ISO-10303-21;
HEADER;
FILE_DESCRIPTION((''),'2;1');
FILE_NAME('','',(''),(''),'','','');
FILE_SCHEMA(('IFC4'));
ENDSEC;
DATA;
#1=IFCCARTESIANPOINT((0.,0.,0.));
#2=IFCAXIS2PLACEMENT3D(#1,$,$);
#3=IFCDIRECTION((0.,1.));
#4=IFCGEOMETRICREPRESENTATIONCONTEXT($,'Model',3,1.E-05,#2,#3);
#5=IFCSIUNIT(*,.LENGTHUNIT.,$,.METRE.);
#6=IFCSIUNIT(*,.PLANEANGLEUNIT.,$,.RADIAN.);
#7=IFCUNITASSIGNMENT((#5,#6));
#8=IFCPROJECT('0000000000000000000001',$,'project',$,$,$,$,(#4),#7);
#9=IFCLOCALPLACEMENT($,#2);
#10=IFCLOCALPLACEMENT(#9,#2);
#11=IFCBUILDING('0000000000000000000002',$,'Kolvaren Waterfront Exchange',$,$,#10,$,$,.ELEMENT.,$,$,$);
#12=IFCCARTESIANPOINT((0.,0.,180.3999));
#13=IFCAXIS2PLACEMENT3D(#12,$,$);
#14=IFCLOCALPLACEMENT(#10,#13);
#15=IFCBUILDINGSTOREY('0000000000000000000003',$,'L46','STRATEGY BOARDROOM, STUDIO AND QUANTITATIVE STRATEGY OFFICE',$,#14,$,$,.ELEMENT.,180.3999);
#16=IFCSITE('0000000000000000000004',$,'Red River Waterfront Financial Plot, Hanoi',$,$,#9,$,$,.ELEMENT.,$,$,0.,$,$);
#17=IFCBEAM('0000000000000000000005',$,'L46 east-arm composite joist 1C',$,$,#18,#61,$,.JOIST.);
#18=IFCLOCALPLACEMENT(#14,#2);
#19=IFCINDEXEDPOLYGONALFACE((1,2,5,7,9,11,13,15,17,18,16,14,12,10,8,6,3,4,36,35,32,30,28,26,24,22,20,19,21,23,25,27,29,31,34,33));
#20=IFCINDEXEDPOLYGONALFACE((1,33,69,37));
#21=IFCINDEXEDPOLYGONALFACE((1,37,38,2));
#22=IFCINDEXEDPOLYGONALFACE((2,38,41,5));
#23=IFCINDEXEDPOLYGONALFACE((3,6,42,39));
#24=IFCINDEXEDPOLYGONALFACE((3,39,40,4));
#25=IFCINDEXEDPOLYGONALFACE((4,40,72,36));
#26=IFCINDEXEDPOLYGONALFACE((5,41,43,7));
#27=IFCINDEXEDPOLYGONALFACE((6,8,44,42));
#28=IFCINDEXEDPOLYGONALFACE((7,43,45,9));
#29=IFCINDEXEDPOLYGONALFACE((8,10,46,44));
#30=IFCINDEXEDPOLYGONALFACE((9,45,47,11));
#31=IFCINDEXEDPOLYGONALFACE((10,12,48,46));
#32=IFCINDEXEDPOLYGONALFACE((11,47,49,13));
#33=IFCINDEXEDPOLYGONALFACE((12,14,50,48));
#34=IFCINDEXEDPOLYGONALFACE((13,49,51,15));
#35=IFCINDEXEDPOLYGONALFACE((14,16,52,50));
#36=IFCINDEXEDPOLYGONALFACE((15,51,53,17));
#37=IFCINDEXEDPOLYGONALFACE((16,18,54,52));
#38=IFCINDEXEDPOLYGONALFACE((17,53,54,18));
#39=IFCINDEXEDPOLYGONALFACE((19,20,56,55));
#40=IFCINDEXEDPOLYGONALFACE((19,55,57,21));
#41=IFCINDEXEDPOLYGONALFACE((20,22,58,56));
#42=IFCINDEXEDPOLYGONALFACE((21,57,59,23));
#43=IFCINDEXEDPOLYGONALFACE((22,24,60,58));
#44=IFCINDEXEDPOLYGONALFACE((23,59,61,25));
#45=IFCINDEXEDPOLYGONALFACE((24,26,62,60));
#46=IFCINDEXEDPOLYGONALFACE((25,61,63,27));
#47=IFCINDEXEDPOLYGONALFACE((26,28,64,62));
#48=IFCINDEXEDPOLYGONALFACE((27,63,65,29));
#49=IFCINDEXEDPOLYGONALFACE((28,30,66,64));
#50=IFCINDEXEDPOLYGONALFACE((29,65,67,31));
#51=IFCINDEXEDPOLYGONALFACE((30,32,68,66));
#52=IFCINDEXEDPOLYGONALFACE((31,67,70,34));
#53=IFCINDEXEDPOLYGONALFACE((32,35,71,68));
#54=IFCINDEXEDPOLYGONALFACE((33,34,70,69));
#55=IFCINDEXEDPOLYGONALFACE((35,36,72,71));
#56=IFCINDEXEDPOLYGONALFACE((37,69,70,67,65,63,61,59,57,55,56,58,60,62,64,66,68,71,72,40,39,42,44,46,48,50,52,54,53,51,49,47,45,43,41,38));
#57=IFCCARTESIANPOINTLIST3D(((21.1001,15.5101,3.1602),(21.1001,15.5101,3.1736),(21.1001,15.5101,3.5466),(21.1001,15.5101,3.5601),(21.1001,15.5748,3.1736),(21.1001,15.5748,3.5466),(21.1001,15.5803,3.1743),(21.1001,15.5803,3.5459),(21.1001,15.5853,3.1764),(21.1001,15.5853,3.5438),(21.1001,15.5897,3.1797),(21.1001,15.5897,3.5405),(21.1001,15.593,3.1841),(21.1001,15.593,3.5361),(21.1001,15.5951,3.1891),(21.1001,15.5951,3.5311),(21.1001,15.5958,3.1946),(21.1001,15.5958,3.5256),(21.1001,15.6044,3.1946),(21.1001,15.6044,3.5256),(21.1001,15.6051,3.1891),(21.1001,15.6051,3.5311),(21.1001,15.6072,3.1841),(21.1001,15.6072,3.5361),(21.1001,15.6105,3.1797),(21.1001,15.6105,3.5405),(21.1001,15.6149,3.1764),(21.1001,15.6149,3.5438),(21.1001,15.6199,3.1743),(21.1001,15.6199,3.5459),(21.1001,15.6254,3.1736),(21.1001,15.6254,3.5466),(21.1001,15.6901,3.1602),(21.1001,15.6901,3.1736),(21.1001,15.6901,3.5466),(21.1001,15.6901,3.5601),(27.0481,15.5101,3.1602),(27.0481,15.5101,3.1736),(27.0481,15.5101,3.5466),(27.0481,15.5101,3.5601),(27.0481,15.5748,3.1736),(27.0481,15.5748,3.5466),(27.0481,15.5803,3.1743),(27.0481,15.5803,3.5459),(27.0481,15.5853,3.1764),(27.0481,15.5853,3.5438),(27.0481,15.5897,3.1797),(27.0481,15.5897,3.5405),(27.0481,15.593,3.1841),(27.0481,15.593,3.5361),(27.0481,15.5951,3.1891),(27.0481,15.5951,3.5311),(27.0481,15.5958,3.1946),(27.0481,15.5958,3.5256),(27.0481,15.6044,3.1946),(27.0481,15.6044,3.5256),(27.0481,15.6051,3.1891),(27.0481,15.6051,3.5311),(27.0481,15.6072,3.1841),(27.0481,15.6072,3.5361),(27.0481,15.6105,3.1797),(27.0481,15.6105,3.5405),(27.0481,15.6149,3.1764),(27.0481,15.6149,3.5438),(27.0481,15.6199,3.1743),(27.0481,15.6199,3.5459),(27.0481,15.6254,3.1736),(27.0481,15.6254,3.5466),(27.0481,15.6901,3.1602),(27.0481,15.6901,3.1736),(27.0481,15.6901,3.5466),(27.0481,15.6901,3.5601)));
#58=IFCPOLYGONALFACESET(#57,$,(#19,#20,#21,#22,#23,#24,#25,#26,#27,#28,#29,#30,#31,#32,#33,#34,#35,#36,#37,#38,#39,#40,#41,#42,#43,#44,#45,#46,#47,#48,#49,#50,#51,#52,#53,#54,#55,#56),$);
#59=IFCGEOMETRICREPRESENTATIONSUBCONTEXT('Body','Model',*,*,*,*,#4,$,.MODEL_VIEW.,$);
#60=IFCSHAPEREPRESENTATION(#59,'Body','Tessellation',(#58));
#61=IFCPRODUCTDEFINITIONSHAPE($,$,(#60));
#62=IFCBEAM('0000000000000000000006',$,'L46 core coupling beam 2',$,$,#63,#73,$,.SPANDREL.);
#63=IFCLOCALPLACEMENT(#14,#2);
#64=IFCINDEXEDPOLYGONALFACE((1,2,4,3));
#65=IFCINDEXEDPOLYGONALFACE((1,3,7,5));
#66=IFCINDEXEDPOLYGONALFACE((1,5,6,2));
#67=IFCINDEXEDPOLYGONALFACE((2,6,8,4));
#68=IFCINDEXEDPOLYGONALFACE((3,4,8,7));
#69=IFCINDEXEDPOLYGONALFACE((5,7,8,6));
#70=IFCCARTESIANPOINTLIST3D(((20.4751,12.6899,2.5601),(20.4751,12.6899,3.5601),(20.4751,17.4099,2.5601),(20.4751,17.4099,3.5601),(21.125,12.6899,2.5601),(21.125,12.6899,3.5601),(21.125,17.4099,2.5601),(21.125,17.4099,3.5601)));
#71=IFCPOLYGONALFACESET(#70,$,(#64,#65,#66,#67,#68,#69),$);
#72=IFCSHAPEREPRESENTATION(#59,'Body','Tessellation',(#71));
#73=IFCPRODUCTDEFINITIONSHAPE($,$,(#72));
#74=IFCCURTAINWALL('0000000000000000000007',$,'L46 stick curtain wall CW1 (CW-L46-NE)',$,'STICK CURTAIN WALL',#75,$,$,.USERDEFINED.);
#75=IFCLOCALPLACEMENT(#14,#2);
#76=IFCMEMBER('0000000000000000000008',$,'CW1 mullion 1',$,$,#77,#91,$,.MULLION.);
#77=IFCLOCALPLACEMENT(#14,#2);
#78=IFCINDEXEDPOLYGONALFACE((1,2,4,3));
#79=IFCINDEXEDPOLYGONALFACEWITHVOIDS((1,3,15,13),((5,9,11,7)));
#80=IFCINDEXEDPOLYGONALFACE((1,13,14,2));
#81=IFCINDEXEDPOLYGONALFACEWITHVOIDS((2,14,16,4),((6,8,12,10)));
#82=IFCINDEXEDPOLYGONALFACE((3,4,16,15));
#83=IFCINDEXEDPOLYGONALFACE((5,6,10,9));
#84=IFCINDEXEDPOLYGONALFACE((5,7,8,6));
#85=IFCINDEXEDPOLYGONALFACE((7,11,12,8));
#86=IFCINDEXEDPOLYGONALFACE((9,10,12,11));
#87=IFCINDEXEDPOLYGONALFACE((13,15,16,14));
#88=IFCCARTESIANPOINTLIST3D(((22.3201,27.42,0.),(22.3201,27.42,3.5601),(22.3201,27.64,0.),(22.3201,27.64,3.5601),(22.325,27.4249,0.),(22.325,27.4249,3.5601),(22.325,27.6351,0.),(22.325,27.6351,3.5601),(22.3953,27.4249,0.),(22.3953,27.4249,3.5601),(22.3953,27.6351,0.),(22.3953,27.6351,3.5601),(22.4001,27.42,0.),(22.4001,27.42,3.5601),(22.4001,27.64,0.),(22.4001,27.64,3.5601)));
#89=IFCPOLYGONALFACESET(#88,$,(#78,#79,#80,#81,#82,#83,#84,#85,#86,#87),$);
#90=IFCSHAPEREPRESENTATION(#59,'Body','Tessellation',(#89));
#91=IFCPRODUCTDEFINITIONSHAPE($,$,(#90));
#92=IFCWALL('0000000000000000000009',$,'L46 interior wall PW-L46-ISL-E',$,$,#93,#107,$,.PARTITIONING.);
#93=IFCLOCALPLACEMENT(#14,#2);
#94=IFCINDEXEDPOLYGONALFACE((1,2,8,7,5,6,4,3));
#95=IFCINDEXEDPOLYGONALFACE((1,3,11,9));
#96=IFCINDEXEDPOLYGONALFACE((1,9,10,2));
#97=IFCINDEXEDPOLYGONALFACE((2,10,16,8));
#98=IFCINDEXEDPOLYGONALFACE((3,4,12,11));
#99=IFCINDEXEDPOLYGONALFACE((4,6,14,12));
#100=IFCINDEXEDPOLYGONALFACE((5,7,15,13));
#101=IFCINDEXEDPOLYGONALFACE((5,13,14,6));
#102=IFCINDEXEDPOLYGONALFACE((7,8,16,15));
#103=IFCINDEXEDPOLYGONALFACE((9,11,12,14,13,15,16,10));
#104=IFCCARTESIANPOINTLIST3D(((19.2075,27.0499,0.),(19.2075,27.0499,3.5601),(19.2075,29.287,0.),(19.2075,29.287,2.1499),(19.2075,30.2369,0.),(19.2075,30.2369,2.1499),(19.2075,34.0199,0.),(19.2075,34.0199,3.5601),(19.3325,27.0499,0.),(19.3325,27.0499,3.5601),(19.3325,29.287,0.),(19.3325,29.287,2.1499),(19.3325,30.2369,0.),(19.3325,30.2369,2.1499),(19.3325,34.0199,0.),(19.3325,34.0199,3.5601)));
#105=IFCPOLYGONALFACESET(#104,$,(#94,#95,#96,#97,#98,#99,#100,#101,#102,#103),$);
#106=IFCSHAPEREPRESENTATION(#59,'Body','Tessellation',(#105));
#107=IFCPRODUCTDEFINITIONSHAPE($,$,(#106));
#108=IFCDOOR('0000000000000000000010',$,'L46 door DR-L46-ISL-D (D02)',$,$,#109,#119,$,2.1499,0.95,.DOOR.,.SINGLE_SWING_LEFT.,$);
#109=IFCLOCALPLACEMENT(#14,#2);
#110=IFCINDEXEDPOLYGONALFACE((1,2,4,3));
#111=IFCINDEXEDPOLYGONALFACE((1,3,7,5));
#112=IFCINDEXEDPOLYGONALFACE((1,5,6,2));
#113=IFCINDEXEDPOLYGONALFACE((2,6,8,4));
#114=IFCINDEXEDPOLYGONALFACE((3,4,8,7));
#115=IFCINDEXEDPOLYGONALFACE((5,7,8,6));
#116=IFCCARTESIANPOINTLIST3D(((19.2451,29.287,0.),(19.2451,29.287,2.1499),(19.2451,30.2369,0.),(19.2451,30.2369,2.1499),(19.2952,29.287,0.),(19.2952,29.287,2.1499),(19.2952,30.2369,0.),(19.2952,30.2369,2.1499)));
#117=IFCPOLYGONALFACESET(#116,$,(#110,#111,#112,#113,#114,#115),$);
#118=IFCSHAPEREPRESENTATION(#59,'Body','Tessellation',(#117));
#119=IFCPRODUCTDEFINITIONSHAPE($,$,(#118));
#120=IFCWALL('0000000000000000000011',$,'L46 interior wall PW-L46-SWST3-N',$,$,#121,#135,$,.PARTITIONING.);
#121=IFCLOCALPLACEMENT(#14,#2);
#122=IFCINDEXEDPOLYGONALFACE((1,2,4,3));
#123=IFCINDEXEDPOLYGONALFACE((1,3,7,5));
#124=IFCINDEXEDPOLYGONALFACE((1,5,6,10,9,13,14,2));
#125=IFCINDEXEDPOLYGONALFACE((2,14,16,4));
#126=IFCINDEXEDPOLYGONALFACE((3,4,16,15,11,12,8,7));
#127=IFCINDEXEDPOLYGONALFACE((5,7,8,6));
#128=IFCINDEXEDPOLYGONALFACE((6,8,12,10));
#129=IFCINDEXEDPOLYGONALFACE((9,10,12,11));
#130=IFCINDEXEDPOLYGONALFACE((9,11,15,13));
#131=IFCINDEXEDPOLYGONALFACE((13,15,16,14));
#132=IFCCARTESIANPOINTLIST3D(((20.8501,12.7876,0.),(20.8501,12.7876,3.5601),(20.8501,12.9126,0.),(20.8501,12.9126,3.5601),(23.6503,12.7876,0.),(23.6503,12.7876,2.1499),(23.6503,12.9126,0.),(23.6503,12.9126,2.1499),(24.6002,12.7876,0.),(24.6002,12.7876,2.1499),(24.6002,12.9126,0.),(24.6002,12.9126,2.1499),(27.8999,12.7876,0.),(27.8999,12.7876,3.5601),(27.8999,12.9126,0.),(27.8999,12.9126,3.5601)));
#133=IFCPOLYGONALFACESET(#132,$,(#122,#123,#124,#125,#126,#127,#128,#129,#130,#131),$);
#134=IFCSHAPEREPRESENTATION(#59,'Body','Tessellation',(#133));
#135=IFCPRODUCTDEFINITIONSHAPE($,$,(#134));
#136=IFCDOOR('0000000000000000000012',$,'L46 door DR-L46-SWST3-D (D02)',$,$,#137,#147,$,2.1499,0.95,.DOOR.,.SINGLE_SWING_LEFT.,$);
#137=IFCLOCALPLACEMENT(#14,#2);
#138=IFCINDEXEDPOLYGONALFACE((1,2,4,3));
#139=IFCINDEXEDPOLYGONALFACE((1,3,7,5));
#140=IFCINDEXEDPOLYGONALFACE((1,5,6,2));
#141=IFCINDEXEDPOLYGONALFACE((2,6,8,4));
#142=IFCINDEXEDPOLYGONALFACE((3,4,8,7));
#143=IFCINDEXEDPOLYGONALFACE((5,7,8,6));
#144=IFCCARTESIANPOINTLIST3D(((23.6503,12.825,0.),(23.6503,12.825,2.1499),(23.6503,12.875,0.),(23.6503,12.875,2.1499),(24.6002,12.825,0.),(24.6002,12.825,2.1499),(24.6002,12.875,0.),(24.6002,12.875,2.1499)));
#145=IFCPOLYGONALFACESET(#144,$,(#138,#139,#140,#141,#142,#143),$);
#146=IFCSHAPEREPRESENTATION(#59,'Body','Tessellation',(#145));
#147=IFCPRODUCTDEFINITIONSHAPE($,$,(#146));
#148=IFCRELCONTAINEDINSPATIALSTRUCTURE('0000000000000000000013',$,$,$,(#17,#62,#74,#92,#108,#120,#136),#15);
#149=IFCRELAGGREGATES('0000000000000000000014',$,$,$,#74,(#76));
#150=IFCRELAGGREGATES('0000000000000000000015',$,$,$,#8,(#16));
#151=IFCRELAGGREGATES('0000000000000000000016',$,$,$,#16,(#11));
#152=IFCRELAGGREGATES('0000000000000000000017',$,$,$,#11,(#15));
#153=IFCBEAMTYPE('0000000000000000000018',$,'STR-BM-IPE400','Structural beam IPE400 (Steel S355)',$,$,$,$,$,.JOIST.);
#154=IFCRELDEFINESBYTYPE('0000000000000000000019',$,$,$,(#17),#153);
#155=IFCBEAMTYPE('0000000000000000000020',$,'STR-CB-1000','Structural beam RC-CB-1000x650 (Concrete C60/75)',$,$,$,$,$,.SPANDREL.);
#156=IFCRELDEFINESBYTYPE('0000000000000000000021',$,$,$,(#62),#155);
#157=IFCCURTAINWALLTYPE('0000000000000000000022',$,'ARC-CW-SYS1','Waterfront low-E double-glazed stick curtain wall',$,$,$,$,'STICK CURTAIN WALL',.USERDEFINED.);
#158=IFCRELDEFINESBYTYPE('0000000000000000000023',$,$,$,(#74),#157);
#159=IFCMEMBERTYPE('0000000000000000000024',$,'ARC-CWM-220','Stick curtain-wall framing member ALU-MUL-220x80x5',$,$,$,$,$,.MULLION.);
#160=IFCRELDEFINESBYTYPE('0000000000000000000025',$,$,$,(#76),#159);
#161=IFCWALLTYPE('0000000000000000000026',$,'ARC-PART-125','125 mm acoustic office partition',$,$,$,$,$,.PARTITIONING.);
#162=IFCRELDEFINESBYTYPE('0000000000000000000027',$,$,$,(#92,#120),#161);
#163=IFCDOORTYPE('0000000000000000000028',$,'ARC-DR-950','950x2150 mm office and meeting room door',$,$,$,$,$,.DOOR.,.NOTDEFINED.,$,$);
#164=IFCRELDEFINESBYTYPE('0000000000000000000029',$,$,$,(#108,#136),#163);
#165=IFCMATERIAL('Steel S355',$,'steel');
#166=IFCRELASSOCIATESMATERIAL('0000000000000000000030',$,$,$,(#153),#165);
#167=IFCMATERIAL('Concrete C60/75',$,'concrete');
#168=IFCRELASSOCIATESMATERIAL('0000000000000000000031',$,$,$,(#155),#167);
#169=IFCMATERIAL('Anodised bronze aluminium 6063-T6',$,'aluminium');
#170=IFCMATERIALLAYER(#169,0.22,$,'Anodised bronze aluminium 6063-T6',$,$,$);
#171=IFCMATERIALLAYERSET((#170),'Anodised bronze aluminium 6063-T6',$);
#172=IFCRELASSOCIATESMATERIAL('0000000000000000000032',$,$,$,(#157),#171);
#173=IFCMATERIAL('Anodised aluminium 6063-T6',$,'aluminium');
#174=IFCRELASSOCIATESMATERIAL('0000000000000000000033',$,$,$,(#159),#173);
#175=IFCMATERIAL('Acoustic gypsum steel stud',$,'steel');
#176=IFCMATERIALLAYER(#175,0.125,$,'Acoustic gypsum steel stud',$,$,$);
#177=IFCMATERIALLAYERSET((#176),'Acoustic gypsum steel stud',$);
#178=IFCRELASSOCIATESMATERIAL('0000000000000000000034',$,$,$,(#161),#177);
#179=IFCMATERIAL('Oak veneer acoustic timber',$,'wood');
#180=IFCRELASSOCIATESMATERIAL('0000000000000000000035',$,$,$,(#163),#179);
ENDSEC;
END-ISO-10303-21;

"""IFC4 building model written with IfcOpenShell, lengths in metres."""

from ifc_helpers import new_model, si_unit, direction, frame, frame_2d, origin, origin_with_axes, origin_2d, place, context, subcontext, project, spatial, rectangle, hollow_rectangle, i_section, extrude, source, transform, mapped, material, layer, layer_set, material_profile, profile_set, type_object, element, fill, aggregate, save


model = new_model("IFC4")

# Units and contexts
model_context = context("Model", 3, precision=1e-05, world=origin(), true_north=direction((0.0, 1.0)))
body_context = subcontext(model_context, "Body", "Model", "MODEL_VIEW")
ifc_project = project(units=[si_unit("LENGTHUNIT", "METRE"), si_unit("PLANEANGLEUNIT", "RADIAN")], contexts=[model_context])

# Site, building, storey
site_placement = place(None, origin())
site = spatial("IfcSite", under=ifc_project, at=site_placement, Name="Red River Waterfront Financial Plot, Hanoi", CompositionType="ELEMENT", RefElevation=0.0)
building_placement = place(site_placement, origin())
building = spatial("IfcBuilding", under=site, at=building_placement, Name="Kolvaren Waterfront Exchange", CompositionType="ELEMENT")
storey_placement = place(building_placement, frame((0.0, 0.0, 180.3999)))
storey = spatial("IfcBuildingStorey", under=building, at=storey_placement, Name="L46", Description="STRATEGY BOARDROOM, STUDIO AND QUANTITATIVE STRATEGY OFFICE", CompositionType="ELEMENT", Elevation=180.3999)

# Shared definitions
ifc_material_1 = material(Name="Concrete C60/75", Category="concrete")

# Beams
ifc_material_2 = material(Name="Steel S355", Category="steel")
ifc_material_profile_1 = material_profile(ifc_material_2, i_section(OverallWidth=0.1799, OverallDepth=0.3999, WebThickness=0.0085, FlangeThickness=0.0134, FilletRadius=0.021, at=origin_2d()), Name="IPE400")
ifc_profile_set_1 = profile_set([ifc_material_profile_1], Name="Steel S355")
beam_type_1 = type_object("IfcBeamType", Name="STR-BM-IPE400", Description="Structural beam IPE400 (Steel S355)", PredefinedType="JOIST", material=ifc_profile_set_1)
for number, where, z_axis, x_axis, name in (
    (1, (21.1001, 15.6001, 3.3601), (1.0, 0.0, 0.0), (0.0, 1.0, 0.0), "L46 east-arm composite joist 1C"),
):
    element("IfcBeam", number, at=place(storey_placement, frame(where, z_axis=z_axis, x_axis=x_axis)), inside=storey, type_object=beam_type_1, Name=name, PredefinedType="JOIST", context=body_context, shape_type="SweptSolid", body=[
        extrude(i_section(OverallWidth=0.1799, OverallDepth=0.3999, WebThickness=0.0085, FlangeThickness=0.0134, FilletRadius=0.021, at=origin_2d()), origin(), (0.0, 0.0, 1.0), 5.948),
    ])
ifc_material_profile_2 = material_profile(ifc_material_1, rectangle(XDim=0.6499, YDim=1.0, at=origin_2d()), Name="RC-CB-1000x650")
ifc_profile_set_2 = profile_set([ifc_material_profile_2], Name="Concrete C60/75")
beam_type_2 = type_object("IfcBeamType", Name="STR-CB-1000", Description="Structural beam RC-CB-1000x650 (Concrete C60/75)", PredefinedType="SPANDREL", material=ifc_profile_set_2)
beam_1_placement = place(storey_placement, frame((20.8, 12.6899, 3.0601), z_axis=(0.0, 1.0, 0.0), x_axis=(-1.0, 0.0, 0.0)))
element("IfcBeam", 2, at=beam_1_placement, inside=storey, type_object=beam_type_2, Name="L46 core coupling beam 2", PredefinedType="SPANDREL", context=body_context, shape_type="SweptSolid", body=[
    extrude(rectangle(XDim=0.6499, YDim=1.0, at=origin_2d()), origin(), (0.0, 0.0, 1.0), 4.72),
])

# Curtain wall, member
ifc_material_3 = material(Name="Anodised bronze aluminium 6063-T6", Category="aluminium")
ifc_layer_1 = layer(ifc_material_3, 0.22, Name="Anodised bronze aluminium 6063-T6")
ifc_layer_set_1 = layer_set([ifc_layer_1], Name="Anodised bronze aluminium 6063-T6")
curtain_wall_type = type_object("IfcCurtainWallType", Name="ARC-CW-SYS1", Description="Waterfront low-E double-glazed stick curtain wall", ElementType="STICK CURTAIN WALL", PredefinedType="USERDEFINED", material=ifc_layer_set_1)
curtain_wall_placement = place(storey_placement, origin())
curtain_wall = element("IfcCurtainWall", 3, at=curtain_wall_placement, inside=storey, type_object=curtain_wall_type, Name="L46 stick curtain wall CW1 (CW-L46-NE)", ObjectType="STICK CURTAIN WALL", PredefinedType="USERDEFINED")
ifc_material_4 = material(Name="Anodised aluminium 6063-T6", Category="aluminium")
ifc_material_profile_3 = material_profile(ifc_material_4, hollow_rectangle(XDim=0.0801, YDim=0.22, WallThickness=0.0049, at=origin_2d()), Name="ALU-MUL-220x80x5")
ifc_profile_set_3 = profile_set([ifc_material_profile_3], Name="Anodised aluminium 6063-T6")
member_type = type_object("IfcMemberType", Name="ARC-CWM-220", Description="Stick curtain-wall framing member ALU-MUL-220x80x5", PredefinedType="MULLION", material=ifc_profile_set_3)
shared_shape_1 = source(origin_with_axes(), body_context, "Body", "SweptSolid", [
    extrude(hollow_rectangle(XDim=0.0801, YDim=0.22, WallThickness=0.0049, at=origin_2d()), origin(), (0.0, 0.0, 1.0), 3.5601),
])
member_placement = place(storey_placement, frame((22.3601, 27.53, 0.0), z_axis=(0.0, 0.0, 1.0), x_axis=(-1.0, 0.0, 0.0)))
member = element("IfcMember", 4, at=member_placement, type_object=member_type, Name="CW1 mullion 1", PredefinedType="MULLION", context=body_context, shape_type="MappedRepresentation", body=[
    mapped(shared_shape_1, transform((0.0, 0.0, 0.0), x_axis=(1.0, 0.0, 0.0), y_axis=(0.0, 1.0, 0.0), z_axis=(0.0, 0.0, 1.0), scale=1.0)),
])
aggregate(curtain_wall, [member])

# Walls, openings, doors
ifc_material_5 = material(Name="Acoustic gypsum steel stud", Category="steel")
ifc_layer_2 = layer(ifc_material_5, 0.125, Name="Acoustic gypsum steel stud")
ifc_layer_set_2 = layer_set([ifc_layer_2], Name="Acoustic gypsum steel stud")
wall_type_1 = type_object("IfcWallType", Name="ARC-PART-125", Description="125 mm acoustic office partition", PredefinedType="PARTITIONING", material=ifc_layer_set_2)
wall_1_placement = place(storey_placement, frame((19.27, 27.05, 0.0), z_axis=(0.0, 0.0, 1.0), x_axis=(0.0, 1.0, 0.0)))
wall_1 = element("IfcWall", 5, at=wall_1_placement, inside=storey, type_object=wall_type_1, Name="L46 interior wall PW-L46-ISL-E", PredefinedType="PARTITIONING", context=body_context, shape_type="SweptSolid", body=[
    extrude(rectangle(XDim=6.97, YDim=0.125, at=frame_2d((3.4849, 0.0))), origin(), (0.0, 0.0, 1.0), 3.5601),
])
opening_1_placement = place(wall_1_placement, frame((2.2368, 0.0, 0.0)))
opening_1 = element("IfcOpeningElement", 6, at=opening_1_placement, cuts=wall_1, PredefinedType="OPENING", context=body_context, shape_type="SweptSolid", body=[
    extrude(rectangle(XDim=0.95, YDim=2.1499, at=frame_2d((0.4751, 1.075))), frame((0.0, 0.0725, 0.0), z_axis=(0.0, -1.0, 0.0), x_axis=(1.0, 0.0, 0.0)), (0.0, 0.0, 1.0), 0.145),
])
ifc_material_6 = material(Name="Oak veneer acoustic timber", Category="wood")
door_type_1 = type_object("IfcDoorType", Name="ARC-DR-950", Description="950x2150 mm office and meeting room door", OperationType="NOTDEFINED", PredefinedType="DOOR", material=ifc_material_6)
door_1_placement = place(opening_1_placement, origin())
door_1 = element("IfcDoor", 7, at=door_1_placement, inside=storey, type_object=door_type_1, Name="L46 door DR-L46-ISL-D (D02)", OperationType="SINGLE_SWING_LEFT", OverallHeight=2.1499, OverallWidth=0.95, PredefinedType="DOOR", context=body_context, shape_type="SweptSolid", body=[
    extrude(rectangle(XDim=0.95, YDim=2.1499, at=frame_2d((0.4751, 1.075))), frame((0.0, 0.0249, 0.0), z_axis=(0.0, -1.0, 0.0), x_axis=(1.0, 0.0, 0.0)), (0.0, 0.0, 1.0), 0.05),
])
fill(opening_1, door_1)
wall_2_placement = place(storey_placement, frame((20.8501, 12.8501, 0.0), z_axis=(0.0, 0.0, 1.0), x_axis=(1.0, 0.0, 0.0)))
wall_2 = element("IfcWall", 8, at=wall_2_placement, inside=storey, type_object=wall_type_1, Name="L46 interior wall PW-L46-SWST3-N", PredefinedType="PARTITIONING", context=body_context, shape_type="SweptSolid", body=[
    extrude(rectangle(XDim=7.0498, YDim=0.125, at=frame_2d((3.5249, 0.0))), origin(), (0.0, 0.0, 1.0), 3.5601),
])
opening_2_placement = place(wall_2_placement, frame((2.8, 0.0, 0.0)))
opening_2 = element("IfcOpeningElement", 9, at=opening_2_placement, cuts=wall_2, PredefinedType="OPENING", context=body_context, shape_type="SweptSolid", body=[
    extrude(rectangle(XDim=0.95, YDim=2.1499, at=frame_2d((0.4751, 1.075))), frame((0.0, 0.0725, 0.0), z_axis=(0.0, -1.0, 0.0), x_axis=(1.0, 0.0, 0.0)), (0.0, 0.0, 1.0), 0.145),
])
door_2_placement = place(opening_2_placement, origin())
door_2 = element("IfcDoor", 10, at=door_2_placement, inside=storey, type_object=door_type_1, Name="L46 door DR-L46-SWST3-D (D02)", OperationType="SINGLE_SWING_LEFT", OverallHeight=2.1499, OverallWidth=0.95, PredefinedType="DOOR", context=body_context, shape_type="SweptSolid", body=[
    extrude(rectangle(XDim=0.95, YDim=2.1499, at=frame_2d((0.4751, 1.075))), frame((0.0, 0.0249, 0.0), z_axis=(0.0, -1.0, 0.0), x_axis=(1.0, 0.0, 0.0)), (0.0, 0.0, 1.0), 0.05),
])
fill(opening_2, door_2)

save(model, "model.ifc")
